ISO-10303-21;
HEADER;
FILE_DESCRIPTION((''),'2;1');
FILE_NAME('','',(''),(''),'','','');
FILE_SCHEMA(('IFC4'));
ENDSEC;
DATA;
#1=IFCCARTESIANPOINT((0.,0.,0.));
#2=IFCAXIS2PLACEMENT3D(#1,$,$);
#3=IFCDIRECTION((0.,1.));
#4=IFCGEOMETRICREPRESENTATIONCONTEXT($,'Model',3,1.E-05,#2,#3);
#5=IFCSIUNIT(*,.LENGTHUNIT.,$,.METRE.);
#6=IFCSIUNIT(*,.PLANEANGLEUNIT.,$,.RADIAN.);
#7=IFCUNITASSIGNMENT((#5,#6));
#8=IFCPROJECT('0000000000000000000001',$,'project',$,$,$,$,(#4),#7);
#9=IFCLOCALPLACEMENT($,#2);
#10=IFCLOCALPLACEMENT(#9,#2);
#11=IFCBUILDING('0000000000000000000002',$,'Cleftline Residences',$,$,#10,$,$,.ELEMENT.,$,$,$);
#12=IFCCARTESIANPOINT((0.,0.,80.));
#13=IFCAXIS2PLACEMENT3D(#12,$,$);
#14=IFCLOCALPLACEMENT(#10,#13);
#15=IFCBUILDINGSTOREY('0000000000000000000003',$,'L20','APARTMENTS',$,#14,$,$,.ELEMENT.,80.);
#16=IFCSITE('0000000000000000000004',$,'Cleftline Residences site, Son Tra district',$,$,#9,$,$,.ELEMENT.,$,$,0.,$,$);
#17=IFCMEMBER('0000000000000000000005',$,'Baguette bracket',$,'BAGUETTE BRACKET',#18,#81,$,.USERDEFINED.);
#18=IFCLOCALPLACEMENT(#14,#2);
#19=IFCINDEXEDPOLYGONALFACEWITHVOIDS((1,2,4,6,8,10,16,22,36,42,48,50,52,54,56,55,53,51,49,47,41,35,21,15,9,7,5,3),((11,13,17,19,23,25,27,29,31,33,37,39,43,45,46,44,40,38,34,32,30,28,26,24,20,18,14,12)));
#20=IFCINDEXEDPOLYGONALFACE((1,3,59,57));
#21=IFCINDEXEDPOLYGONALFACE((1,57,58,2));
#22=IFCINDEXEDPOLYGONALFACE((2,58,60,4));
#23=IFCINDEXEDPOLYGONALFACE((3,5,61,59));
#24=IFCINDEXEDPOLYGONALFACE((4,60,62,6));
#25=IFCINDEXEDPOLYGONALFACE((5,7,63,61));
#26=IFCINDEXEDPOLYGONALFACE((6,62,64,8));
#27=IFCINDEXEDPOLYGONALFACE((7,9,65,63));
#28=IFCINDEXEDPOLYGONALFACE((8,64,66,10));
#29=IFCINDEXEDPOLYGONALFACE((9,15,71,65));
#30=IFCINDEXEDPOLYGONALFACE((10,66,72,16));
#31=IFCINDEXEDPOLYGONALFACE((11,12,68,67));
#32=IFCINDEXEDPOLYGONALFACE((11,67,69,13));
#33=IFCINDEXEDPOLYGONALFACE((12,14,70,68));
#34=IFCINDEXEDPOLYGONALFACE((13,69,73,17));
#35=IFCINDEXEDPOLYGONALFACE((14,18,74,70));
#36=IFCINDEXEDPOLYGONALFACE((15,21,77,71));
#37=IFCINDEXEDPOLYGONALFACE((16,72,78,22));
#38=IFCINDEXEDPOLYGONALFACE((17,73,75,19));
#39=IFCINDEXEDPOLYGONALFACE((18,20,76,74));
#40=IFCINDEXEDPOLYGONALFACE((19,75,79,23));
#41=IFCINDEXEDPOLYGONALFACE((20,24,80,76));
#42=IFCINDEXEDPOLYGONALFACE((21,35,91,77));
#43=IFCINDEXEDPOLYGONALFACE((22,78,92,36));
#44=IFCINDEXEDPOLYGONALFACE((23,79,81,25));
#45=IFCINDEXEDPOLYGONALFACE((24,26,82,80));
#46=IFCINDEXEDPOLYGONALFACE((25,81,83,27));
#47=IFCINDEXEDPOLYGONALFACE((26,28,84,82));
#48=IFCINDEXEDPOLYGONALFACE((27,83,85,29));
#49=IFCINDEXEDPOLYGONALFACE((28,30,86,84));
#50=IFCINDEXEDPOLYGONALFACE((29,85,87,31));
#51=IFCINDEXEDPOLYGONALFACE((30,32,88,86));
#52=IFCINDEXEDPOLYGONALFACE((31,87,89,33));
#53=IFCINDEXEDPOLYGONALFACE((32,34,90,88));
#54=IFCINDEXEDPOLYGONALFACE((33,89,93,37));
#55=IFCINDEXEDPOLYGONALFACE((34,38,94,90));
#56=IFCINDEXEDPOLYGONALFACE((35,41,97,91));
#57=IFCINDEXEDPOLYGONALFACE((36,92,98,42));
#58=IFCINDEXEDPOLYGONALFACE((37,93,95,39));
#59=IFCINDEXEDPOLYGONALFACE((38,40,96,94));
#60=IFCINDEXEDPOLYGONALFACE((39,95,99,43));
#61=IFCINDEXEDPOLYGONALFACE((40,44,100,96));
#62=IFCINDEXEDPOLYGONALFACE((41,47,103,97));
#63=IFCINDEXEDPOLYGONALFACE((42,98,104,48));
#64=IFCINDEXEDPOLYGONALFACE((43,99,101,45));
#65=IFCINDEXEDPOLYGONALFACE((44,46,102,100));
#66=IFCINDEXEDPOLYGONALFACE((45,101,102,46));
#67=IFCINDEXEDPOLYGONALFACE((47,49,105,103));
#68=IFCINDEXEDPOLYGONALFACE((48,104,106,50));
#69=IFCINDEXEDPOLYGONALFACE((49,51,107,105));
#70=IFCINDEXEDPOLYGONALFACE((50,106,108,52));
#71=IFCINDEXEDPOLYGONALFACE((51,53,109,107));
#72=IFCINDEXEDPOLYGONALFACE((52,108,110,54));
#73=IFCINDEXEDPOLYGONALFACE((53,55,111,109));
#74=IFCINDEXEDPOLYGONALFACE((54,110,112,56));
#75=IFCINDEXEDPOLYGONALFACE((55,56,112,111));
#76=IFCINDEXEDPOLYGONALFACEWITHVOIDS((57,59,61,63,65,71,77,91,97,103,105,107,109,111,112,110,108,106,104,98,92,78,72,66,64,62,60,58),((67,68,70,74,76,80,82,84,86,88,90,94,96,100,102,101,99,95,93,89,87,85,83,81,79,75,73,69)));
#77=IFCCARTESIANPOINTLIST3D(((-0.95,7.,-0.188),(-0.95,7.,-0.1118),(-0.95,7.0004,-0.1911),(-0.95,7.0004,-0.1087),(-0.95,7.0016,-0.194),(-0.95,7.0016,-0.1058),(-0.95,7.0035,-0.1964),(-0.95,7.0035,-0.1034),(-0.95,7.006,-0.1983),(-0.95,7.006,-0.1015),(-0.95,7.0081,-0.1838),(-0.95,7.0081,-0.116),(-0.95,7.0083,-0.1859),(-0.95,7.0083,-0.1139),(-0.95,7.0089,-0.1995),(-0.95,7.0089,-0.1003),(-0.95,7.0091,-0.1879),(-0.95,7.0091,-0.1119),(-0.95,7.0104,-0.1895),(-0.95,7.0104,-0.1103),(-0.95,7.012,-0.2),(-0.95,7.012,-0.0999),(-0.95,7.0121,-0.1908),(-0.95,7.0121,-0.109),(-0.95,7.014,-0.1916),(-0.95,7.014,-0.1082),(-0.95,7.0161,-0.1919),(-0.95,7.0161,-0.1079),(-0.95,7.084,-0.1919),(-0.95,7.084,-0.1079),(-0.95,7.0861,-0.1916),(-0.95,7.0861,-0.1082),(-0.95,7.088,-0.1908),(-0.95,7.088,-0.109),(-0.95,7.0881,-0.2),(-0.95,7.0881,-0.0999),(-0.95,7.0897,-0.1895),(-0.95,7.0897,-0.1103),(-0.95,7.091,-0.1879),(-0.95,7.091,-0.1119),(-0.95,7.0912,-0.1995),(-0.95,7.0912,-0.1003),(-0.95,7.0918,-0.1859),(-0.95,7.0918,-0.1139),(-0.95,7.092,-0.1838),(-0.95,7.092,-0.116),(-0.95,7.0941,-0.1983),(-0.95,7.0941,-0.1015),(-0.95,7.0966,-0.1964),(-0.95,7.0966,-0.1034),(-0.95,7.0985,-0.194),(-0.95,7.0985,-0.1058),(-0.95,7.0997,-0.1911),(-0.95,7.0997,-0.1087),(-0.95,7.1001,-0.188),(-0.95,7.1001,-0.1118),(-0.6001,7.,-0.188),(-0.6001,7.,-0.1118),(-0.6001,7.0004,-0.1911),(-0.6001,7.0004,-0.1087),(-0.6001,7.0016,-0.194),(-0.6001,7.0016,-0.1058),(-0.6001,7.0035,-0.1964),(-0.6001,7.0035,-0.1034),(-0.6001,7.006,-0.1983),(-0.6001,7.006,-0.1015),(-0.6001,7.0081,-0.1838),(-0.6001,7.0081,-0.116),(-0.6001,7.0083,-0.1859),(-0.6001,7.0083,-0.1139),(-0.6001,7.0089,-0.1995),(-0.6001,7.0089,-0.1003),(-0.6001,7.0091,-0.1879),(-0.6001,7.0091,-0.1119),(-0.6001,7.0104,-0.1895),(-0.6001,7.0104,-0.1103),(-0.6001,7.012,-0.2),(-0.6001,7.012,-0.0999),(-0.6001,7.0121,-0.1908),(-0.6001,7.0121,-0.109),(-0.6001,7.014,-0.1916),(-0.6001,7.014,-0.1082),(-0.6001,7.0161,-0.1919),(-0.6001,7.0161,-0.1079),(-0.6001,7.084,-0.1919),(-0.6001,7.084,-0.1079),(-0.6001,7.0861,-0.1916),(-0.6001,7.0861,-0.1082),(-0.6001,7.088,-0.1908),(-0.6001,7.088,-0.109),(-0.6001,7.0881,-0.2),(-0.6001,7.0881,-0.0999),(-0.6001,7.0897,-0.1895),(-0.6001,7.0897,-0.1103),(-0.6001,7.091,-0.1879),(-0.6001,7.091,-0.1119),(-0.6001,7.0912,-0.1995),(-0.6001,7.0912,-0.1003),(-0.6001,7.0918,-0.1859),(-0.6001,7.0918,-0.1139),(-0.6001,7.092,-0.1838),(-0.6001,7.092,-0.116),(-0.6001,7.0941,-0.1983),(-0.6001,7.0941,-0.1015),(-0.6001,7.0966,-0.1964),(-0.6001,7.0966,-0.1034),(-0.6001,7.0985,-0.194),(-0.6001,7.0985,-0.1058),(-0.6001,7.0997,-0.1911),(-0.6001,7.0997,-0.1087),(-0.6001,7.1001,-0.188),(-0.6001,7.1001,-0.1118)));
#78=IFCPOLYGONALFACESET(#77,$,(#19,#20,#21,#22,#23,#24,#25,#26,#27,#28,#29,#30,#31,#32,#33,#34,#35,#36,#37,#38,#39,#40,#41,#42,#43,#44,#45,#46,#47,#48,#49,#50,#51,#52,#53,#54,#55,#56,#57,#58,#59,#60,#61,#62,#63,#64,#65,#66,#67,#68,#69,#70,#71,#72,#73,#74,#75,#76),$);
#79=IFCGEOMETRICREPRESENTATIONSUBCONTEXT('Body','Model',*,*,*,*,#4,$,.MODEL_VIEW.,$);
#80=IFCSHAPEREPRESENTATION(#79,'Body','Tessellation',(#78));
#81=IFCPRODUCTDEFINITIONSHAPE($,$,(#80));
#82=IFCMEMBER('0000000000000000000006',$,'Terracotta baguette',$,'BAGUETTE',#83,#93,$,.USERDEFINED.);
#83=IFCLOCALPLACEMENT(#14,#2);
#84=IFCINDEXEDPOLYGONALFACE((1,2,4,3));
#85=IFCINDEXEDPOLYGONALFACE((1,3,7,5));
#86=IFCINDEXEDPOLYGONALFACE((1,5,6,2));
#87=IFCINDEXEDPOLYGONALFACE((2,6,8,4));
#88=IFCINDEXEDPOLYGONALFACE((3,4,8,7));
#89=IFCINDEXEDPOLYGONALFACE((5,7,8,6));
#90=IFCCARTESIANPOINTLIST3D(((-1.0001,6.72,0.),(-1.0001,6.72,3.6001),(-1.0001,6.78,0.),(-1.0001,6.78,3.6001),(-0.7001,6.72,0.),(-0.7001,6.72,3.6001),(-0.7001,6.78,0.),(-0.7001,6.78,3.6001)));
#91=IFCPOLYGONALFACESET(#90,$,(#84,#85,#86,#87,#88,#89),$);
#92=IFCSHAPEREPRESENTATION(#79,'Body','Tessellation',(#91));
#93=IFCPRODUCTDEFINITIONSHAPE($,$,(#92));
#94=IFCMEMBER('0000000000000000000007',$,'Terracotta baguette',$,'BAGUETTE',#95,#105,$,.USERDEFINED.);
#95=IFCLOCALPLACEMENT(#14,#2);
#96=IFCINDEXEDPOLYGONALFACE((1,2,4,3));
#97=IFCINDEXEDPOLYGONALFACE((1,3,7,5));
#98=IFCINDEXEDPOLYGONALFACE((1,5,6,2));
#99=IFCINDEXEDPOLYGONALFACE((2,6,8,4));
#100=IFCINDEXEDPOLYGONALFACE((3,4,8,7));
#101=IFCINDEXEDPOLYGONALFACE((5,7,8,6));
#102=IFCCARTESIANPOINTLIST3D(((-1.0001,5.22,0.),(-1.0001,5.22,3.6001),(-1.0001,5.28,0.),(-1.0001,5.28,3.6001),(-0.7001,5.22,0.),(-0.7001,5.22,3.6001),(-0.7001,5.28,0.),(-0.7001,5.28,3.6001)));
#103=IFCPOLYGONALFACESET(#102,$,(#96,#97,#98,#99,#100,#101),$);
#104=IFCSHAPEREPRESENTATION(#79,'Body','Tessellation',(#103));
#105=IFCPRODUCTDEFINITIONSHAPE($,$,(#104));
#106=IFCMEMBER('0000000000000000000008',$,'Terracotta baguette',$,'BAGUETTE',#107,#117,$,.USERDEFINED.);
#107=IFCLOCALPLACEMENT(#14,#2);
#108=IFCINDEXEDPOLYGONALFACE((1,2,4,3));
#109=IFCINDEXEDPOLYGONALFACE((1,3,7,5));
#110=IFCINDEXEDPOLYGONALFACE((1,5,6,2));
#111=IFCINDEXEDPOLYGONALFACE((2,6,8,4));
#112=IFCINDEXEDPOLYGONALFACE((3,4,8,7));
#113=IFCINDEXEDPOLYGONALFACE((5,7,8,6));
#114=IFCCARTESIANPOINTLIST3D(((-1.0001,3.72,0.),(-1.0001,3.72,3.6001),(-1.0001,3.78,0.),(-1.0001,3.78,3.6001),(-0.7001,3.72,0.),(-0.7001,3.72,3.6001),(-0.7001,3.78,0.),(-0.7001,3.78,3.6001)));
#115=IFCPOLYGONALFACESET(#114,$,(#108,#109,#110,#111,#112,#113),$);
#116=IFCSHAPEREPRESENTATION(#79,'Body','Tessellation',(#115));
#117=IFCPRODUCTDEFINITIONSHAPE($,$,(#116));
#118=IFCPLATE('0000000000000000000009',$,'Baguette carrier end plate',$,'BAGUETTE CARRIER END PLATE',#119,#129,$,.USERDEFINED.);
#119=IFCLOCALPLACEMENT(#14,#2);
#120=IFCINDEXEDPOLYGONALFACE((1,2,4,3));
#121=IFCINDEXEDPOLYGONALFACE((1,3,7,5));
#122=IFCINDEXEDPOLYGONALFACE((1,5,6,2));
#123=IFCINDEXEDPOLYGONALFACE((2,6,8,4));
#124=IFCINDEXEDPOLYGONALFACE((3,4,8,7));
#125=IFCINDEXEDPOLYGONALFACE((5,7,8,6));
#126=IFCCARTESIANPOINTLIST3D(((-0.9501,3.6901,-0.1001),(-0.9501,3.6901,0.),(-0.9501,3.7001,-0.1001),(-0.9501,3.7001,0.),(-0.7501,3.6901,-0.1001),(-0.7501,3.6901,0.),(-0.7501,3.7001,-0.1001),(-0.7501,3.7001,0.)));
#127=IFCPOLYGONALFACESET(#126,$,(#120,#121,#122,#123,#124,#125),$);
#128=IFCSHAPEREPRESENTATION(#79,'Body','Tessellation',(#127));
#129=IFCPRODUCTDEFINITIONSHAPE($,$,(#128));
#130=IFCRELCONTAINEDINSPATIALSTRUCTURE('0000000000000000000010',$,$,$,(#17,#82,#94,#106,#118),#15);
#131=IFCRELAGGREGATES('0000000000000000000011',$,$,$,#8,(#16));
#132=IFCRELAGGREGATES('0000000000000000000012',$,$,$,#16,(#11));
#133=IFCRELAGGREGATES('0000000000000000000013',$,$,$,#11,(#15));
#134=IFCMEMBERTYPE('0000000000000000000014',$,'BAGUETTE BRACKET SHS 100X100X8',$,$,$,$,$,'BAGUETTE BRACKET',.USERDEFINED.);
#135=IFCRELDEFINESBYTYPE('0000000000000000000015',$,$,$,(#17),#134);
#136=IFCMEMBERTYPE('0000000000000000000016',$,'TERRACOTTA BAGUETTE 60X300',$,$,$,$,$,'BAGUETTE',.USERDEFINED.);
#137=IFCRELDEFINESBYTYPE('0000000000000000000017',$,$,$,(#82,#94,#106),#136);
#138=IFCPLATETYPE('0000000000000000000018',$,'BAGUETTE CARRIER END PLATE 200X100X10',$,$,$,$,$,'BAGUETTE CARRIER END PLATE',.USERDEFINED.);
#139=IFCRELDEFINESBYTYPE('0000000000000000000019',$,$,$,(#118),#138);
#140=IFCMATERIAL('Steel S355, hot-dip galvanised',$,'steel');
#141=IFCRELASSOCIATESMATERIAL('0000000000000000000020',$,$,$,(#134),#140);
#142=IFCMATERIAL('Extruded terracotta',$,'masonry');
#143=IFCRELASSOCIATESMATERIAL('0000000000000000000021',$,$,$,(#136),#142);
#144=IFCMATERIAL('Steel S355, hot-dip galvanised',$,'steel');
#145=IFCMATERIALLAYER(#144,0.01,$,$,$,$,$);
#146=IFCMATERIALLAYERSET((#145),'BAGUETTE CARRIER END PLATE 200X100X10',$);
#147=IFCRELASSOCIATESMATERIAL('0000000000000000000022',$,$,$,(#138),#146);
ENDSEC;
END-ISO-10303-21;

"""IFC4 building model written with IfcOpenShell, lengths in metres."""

from ifc_helpers import new_model, si_unit, direction, frame, origin, origin_2d, place, context, subcontext, project, spatial, rectangle, hollow_rectangle, extrude, material, layer, layer_set, material_profile, profile_set, type_object, element, save


model = new_model("IFC4")

# Units and contexts
model_context = context("Model", 3, precision=1e-05, world=origin(), true_north=direction((0.0, 1.0)))
body_context = subcontext(model_context, "Body", "Model", "MODEL_VIEW")
ifc_project = project(units=[si_unit("LENGTHUNIT", "METRE"), si_unit("PLANEANGLEUNIT", "RADIAN")], contexts=[model_context])

# Site, building, storey
site_placement = place(None, origin())
site = spatial("IfcSite", under=ifc_project, at=site_placement, Name="Cleftline Residences site, Son Tra district", CompositionType="ELEMENT", RefElevation=0.0)
building_placement = place(site_placement, origin())
building = spatial("IfcBuilding", under=site, at=building_placement, Name="Cleftline Residences", CompositionType="ELEMENT")
storey_placement = place(building_placement, frame((0.0, 0.0, 80.0)))
storey = spatial("IfcBuildingStorey", under=building, at=storey_placement, Name="L20", Description="APARTMENTS", CompositionType="ELEMENT", Elevation=80.0)

# Members
ifc_material_1 = material(Name="Steel S355, hot-dip galvanised", Category="steel")
ifc_material_profile_1 = material_profile(ifc_material_1, hollow_rectangle(XDim=0.1001, YDim=0.1001, WallThickness=0.0081, InnerFilletRadius=0.0081, OuterFilletRadius=0.012, at=origin_2d()))
ifc_profile_set_1 = profile_set([ifc_material_profile_1], Name="Steel S355, hot-dip galvanised")
member_type_1 = type_object("IfcMemberType", Name="BAGUETTE BRACKET SHS 100X100X8", ElementType="BAGUETTE BRACKET", PredefinedType="USERDEFINED", material=ifc_profile_set_1)
member_placement = place(storey_placement, frame((-0.6001, 7.05, -0.1499), z_axis=(-1.0, 0.0, 0.0), x_axis=(0.0, -1.0, 0.0)))
element("IfcMember", 1, at=member_placement, inside=storey, type_object=member_type_1, Name="Baguette bracket", ObjectType="BAGUETTE BRACKET", PredefinedType="USERDEFINED", context=body_context, shape_type="SweptSolid", body=[
    extrude(hollow_rectangle(XDim=0.1001, YDim=0.1001, WallThickness=0.0081, InnerFilletRadius=0.0081, OuterFilletRadius=0.012, at=origin_2d()), origin(), (0.0, 0.0, 1.0), 0.3499),
])
ifc_material_2 = material(Name="Extruded terracotta", Category="masonry")
ifc_material_profile_2 = material_profile(ifc_material_2, rectangle(XDim=0.0601, YDim=0.3, at=origin_2d()))
ifc_profile_set_2 = profile_set([ifc_material_profile_2], Name="Extruded terracotta")
member_type_2 = type_object("IfcMemberType", Name="TERRACOTTA BAGUETTE 60X300", ElementType="BAGUETTE", PredefinedType="USERDEFINED", material=ifc_profile_set_2)
for number, where, z_axis, x_axis, name in (
    (2, (-0.8501, 6.75, 0.0), (0.0, 0.0, 1.0), (0.0, 1.0, 0.0), "Terracotta baguette"),
    (3, (-0.8501, 5.25, 0.0), (0.0, 0.0, 1.0), (0.0, 1.0, 0.0), "Terracotta baguette"),
    (4, (-0.8501, 3.75, 0.0), (0.0, 0.0, 1.0), (0.0, 1.0, 0.0), "Terracotta baguette"),
):
    element("IfcMember", number, at=place(storey_placement, frame(where, z_axis=z_axis, x_axis=x_axis)), inside=storey, type_object=member_type_2, Name=name, ObjectType="BAGUETTE", PredefinedType="USERDEFINED", context=body_context, shape_type="SweptSolid", body=[
        extrude(rectangle(XDim=0.0601, YDim=0.3, at=origin_2d()), origin(), (0.0, 0.0, 1.0), 3.6001),
    ])

# Plate
ifc_material_3 = material(Name="Steel S355, hot-dip galvanised", Category="steel")
ifc_layer_1 = layer(ifc_material_3, 0.01)
ifc_layer_set_1 = layer_set([ifc_layer_1], Name="BAGUETTE CARRIER END PLATE 200X100X10")
plate_type = type_object("IfcPlateType", Name="BAGUETTE CARRIER END PLATE 200X100X10", ElementType="BAGUETTE CARRIER END PLATE", PredefinedType="USERDEFINED", material=ifc_layer_set_1)
plate_placement = place(storey_placement, frame((-0.8501, 3.6951, -0.1001), z_axis=(0.0, 0.0, 1.0), x_axis=(-1.0, 0.0, 0.0)))
element("IfcPlate", 5, at=plate_placement, inside=storey, type_object=plate_type, Name="Baguette carrier end plate", ObjectType="BAGUETTE CARRIER END PLATE", PredefinedType="USERDEFINED", context=body_context, shape_type="SweptSolid", body=[
    extrude(rectangle(XDim=0.2, YDim=0.01, at=origin_2d()), origin(), (0.0, 0.0, 1.0), 0.1001),
])

save(model, "model.ifc")
